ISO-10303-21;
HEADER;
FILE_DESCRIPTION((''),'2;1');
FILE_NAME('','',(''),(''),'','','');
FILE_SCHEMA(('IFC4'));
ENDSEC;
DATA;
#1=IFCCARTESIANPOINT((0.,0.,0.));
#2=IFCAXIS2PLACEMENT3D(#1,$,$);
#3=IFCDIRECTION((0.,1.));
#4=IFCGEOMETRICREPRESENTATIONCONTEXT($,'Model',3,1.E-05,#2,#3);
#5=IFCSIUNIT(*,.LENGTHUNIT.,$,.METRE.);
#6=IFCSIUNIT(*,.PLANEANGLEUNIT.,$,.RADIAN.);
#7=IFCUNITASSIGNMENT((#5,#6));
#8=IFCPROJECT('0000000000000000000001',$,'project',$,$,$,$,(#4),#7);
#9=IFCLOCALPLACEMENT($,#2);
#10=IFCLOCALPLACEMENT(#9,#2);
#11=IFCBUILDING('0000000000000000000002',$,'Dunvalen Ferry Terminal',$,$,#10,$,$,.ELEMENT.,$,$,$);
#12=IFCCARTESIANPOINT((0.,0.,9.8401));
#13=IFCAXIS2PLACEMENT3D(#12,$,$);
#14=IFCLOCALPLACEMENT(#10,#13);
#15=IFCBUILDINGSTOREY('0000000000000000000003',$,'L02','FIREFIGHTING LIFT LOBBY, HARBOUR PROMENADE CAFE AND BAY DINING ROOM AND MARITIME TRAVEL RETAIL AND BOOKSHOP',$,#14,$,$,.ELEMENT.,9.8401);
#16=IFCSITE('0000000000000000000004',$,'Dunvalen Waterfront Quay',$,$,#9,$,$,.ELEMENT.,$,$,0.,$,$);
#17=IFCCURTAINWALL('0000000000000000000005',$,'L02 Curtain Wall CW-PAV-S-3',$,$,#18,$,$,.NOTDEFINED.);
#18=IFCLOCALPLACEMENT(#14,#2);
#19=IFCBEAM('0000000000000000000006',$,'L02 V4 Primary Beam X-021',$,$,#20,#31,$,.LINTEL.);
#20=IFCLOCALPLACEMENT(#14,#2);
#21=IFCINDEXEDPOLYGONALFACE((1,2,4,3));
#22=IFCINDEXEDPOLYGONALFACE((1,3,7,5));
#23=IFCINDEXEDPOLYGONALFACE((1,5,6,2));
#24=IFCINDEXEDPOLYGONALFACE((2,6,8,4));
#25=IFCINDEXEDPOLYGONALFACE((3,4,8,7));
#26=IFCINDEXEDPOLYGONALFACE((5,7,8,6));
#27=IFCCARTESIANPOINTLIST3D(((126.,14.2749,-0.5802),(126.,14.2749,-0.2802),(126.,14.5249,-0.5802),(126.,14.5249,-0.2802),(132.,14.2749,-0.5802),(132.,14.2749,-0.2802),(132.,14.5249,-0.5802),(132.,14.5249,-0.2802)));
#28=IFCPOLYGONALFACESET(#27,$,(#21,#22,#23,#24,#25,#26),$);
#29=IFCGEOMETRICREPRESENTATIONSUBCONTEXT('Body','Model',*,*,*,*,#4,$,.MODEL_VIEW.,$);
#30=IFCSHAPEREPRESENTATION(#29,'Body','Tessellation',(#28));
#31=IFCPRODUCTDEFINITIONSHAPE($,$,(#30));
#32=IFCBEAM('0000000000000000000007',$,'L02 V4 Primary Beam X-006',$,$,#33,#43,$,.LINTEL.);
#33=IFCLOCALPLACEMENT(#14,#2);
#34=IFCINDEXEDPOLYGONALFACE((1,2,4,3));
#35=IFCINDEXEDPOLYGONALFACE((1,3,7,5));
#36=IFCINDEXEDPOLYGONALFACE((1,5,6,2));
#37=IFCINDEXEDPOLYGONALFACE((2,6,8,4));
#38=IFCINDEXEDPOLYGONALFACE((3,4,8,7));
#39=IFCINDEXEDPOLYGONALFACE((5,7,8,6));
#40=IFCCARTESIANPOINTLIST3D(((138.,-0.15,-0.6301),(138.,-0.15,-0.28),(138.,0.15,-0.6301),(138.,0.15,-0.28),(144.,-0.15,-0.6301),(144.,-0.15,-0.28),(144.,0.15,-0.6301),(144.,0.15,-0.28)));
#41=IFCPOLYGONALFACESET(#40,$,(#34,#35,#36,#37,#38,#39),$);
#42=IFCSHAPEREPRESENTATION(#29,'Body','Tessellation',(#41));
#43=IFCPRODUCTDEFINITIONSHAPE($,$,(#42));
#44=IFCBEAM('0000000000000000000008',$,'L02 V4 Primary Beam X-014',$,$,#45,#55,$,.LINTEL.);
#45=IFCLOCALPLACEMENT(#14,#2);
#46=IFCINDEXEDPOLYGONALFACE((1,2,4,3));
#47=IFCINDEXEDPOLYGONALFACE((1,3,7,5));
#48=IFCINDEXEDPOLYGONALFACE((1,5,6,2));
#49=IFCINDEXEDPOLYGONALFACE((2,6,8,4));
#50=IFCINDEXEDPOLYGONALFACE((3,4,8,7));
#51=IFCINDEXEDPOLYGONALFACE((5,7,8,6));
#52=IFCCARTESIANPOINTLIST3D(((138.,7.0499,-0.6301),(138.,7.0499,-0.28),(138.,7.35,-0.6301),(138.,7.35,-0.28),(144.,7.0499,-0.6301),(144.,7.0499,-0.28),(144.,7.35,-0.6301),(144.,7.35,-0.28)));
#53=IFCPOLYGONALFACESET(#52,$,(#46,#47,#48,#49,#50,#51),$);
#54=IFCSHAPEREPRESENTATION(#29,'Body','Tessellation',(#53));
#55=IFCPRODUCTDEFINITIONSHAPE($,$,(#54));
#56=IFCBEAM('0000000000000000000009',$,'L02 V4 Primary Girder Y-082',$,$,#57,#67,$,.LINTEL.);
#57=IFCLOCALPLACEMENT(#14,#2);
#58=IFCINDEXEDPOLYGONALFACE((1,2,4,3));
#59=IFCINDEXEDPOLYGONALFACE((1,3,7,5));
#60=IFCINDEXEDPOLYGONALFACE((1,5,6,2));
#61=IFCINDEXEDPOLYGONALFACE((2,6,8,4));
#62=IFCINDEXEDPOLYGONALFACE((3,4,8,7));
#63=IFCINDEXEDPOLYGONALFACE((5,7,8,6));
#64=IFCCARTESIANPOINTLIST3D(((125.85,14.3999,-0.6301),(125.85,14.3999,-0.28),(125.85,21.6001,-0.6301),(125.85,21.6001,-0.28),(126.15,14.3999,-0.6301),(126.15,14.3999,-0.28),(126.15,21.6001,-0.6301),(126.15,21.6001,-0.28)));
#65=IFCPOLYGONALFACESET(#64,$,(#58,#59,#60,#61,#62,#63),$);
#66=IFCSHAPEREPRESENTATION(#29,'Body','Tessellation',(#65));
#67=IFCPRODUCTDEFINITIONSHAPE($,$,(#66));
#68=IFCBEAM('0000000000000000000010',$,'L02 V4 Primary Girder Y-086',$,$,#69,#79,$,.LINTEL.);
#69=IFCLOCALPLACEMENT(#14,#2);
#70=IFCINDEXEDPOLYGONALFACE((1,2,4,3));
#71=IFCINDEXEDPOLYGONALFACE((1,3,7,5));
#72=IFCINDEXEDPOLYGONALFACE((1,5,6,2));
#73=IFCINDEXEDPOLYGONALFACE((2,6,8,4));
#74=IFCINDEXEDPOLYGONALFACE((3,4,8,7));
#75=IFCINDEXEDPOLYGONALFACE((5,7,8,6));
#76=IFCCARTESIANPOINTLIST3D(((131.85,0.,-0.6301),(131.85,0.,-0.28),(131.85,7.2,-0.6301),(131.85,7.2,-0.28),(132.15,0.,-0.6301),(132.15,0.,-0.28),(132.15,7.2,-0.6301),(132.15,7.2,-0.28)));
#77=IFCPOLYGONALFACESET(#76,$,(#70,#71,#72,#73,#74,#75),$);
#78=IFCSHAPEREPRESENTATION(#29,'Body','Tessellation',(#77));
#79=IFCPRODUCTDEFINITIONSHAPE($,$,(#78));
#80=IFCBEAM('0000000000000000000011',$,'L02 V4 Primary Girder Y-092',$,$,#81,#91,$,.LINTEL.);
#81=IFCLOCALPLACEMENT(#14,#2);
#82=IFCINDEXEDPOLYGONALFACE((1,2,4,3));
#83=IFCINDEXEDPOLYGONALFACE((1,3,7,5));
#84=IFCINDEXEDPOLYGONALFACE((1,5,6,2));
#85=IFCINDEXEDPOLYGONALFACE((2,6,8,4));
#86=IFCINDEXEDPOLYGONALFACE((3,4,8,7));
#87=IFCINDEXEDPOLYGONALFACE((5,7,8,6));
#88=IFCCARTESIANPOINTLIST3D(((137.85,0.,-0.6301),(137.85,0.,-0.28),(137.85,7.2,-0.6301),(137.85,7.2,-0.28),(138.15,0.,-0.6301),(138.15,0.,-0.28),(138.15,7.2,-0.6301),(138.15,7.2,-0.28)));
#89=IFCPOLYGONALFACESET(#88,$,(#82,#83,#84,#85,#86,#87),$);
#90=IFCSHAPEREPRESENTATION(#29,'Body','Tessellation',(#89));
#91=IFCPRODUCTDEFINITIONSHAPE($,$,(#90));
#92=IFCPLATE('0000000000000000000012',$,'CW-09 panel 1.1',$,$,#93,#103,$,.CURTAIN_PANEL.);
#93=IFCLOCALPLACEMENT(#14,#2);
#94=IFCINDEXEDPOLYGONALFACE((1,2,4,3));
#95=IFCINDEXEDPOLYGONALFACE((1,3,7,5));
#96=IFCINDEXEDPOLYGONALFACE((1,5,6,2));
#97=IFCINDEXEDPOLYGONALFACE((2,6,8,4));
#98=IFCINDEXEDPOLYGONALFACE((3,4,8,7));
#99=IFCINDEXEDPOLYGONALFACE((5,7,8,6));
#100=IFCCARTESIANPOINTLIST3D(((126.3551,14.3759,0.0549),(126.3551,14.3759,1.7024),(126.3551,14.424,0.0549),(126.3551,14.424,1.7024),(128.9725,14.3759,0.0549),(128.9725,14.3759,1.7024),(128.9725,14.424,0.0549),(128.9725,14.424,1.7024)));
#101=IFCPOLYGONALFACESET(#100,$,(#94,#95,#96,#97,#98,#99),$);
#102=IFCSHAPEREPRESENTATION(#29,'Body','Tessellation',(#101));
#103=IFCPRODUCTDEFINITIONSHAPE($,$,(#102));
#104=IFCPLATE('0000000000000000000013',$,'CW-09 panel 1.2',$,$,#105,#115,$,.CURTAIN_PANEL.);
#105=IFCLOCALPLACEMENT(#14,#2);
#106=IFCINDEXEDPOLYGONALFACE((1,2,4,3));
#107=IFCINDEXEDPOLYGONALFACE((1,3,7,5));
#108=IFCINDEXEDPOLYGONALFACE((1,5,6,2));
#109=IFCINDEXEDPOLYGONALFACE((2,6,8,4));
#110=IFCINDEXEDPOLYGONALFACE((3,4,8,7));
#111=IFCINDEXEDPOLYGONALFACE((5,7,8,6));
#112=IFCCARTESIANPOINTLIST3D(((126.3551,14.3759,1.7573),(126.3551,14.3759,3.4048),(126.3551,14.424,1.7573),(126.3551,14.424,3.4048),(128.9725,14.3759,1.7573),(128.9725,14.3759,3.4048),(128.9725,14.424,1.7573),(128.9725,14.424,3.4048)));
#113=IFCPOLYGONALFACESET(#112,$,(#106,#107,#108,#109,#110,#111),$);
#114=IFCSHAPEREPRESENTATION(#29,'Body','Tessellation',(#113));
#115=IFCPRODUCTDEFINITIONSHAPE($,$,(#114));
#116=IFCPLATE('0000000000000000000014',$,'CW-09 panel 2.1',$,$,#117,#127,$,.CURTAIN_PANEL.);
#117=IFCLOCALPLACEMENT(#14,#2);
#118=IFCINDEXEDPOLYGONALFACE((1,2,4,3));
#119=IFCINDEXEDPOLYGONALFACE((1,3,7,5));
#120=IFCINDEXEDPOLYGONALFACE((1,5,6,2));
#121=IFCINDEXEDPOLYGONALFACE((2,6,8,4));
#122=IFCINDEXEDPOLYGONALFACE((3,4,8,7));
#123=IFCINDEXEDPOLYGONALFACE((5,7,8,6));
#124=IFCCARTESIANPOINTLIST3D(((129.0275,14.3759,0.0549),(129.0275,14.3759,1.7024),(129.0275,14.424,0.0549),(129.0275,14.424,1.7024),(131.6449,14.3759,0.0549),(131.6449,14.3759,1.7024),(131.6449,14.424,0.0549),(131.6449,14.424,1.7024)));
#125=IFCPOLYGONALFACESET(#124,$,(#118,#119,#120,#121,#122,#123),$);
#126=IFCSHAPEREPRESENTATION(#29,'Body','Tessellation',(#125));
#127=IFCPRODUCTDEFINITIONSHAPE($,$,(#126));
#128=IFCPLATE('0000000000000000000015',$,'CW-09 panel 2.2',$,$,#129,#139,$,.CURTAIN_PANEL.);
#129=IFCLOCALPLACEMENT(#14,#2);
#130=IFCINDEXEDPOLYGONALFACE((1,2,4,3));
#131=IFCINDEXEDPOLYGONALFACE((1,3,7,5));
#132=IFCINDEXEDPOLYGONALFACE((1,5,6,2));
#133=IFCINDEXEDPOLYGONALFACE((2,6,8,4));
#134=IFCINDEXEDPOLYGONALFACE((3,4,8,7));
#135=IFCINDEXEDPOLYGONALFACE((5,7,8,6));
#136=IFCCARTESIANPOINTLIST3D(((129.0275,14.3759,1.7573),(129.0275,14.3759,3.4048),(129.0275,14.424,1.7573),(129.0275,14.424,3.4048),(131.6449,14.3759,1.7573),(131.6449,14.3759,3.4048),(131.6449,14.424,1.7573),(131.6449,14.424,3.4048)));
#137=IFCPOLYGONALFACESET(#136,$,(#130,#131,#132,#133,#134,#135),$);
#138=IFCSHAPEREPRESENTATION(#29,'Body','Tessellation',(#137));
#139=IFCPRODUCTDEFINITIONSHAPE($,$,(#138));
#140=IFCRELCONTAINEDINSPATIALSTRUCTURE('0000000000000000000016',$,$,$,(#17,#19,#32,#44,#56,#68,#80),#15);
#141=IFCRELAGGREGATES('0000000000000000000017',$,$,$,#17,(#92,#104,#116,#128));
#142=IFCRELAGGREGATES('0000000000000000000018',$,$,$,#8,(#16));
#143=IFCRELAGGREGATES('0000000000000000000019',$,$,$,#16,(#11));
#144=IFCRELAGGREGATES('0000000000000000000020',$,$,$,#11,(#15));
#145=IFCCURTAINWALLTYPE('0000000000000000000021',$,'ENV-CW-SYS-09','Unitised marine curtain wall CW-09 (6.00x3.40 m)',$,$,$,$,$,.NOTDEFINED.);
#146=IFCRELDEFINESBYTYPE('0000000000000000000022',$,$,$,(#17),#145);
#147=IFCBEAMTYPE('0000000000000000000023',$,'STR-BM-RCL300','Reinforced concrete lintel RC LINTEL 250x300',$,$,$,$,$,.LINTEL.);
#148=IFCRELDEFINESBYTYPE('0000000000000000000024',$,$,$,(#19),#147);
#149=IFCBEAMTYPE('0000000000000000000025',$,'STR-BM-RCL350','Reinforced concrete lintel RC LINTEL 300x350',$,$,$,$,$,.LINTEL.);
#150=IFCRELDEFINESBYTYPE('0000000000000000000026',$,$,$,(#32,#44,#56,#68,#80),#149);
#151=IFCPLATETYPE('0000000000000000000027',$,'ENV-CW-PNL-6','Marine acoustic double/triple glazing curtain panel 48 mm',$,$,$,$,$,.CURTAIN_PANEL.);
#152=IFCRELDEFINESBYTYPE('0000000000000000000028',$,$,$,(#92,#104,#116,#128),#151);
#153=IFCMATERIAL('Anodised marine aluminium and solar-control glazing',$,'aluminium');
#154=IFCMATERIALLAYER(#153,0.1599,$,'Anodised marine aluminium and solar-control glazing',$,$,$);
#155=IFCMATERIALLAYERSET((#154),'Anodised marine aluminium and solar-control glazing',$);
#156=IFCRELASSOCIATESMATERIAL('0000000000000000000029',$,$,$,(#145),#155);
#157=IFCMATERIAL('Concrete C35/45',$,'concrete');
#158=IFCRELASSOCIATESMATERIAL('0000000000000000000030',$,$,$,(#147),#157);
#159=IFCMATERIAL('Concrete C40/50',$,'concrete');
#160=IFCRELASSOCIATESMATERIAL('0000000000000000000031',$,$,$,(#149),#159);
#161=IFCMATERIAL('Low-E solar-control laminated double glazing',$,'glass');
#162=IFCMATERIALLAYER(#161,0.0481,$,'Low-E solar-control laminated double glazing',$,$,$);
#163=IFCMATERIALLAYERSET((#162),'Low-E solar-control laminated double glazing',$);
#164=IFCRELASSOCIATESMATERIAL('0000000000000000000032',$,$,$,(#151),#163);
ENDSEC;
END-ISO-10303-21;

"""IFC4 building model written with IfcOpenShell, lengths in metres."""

from ifc_helpers import new_model, si_unit, direction, frame, origin, origin_2d, place, context, subcontext, project, spatial, rectangle, extrude, material, layer, layer_set, material_profile, profile_set, type_object, element, aggregate, save


model = new_model("IFC4")

# Units and contexts
model_context = context("Model", 3, precision=1e-05, world=origin(), true_north=direction((0.0, 1.0)))
body_context = subcontext(model_context, "Body", "Model", "MODEL_VIEW")
ifc_project = project(units=[si_unit("LENGTHUNIT", "METRE"), si_unit("PLANEANGLEUNIT", "RADIAN")], contexts=[model_context])

# Site, building, storey
site_placement = place(None, origin())
site = spatial("IfcSite", under=ifc_project, at=site_placement, Name="Dunvalen Waterfront Quay", CompositionType="ELEMENT", RefElevation=0.0)
building_placement = place(site_placement, origin())
building = spatial("IfcBuilding", under=site, at=building_placement, Name="Dunvalen Ferry Terminal", CompositionType="ELEMENT")
storey_placement = place(building_placement, frame((0.0, 0.0, 9.8401)))
storey = spatial("IfcBuildingStorey", under=building, at=storey_placement, Name="L02", Description="FIREFIGHTING LIFT LOBBY, HARBOUR PROMENADE CAFE AND BAY DINING ROOM AND MARITIME TRAVEL RETAIL AND BOOKSHOP", CompositionType="ELEMENT", Elevation=9.8401)

# Curtain wall
ifc_material_1 = material(Name="Anodised marine aluminium and solar-control glazing", Category="aluminium")
ifc_layer_1 = layer(ifc_material_1, 0.1599, Name="Anodised marine aluminium and solar-control glazing")
ifc_layer_set_1 = layer_set([ifc_layer_1], Name="Anodised marine aluminium and solar-control glazing")
curtain_wall_type = type_object("IfcCurtainWallType", Name="ENV-CW-SYS-09", Description="Unitised marine curtain wall CW-09 (6.00x3.40 m)", PredefinedType="NOTDEFINED", material=ifc_layer_set_1)
curtain_wall_placement = place(storey_placement, origin())
curtain_wall = element("IfcCurtainWall", 1, at=curtain_wall_placement, inside=storey, type_object=curtain_wall_type, Name="L02 Curtain Wall CW-PAV-S-3", PredefinedType="NOTDEFINED")

# Beams
ifc_material_2 = material(Name="Concrete C35/45", Category="concrete")
ifc_material_profile_1 = material_profile(ifc_material_2, rectangle(XDim=0.25, YDim=0.3, at=origin_2d()), Name="Concrete C35/45")
ifc_profile_set_1 = profile_set([ifc_material_profile_1], Name="Concrete C35/45")
beam_type_1 = type_object("IfcBeamType", Name="STR-BM-RCL300", Description="Reinforced concrete lintel RC LINTEL 250x300", PredefinedType="LINTEL", material=ifc_profile_set_1)
for number, where, z_axis, x_axis, name in (
    (2, (126.0, 14.3999, -0.4302), (1.0, 0.0, 0.0), (0.0, 1.0, 0.0), "L02 V4 Primary Beam X-021"),
):
    element("IfcBeam", number, at=place(storey_placement, frame(where, z_axis=z_axis, x_axis=x_axis)), inside=storey, type_object=beam_type_1, Name=name, PredefinedType="LINTEL", context=body_context, shape_type="SweptSolid", body=[
        extrude(rectangle(XDim=0.25, YDim=0.3, at=origin_2d()), origin(), (0.0, 0.0, 1.0), 6.0),
    ])
ifc_material_3 = material(Name="Concrete C40/50", Category="concrete")
ifc_material_profile_2 = material_profile(ifc_material_3, rectangle(XDim=0.3, YDim=0.3501, at=origin_2d()), Name="Concrete C40/50")
ifc_profile_set_2 = profile_set([ifc_material_profile_2], Name="Concrete C40/50")
beam_type_2 = type_object("IfcBeamType", Name="STR-BM-RCL350", Description="Reinforced concrete lintel RC LINTEL 300x350", PredefinedType="LINTEL", material=ifc_profile_set_2)
for number, where, z_axis, x_axis, name in (
    (3, (138.0, 0.0, -0.4551), (1.0, 0.0, 0.0), (0.0, 1.0, 0.0), "L02 V4 Primary Beam X-006"),
    (4, (138.0, 7.2, -0.4551), (1.0, 0.0, 0.0), (0.0, 1.0, 0.0), "L02 V4 Primary Beam X-014"),
):
    element("IfcBeam", number, at=place(storey_placement, frame(where, z_axis=z_axis, x_axis=x_axis)), inside=storey, type_object=beam_type_2, Name=name, PredefinedType="LINTEL", context=body_context, shape_type="SweptSolid", body=[
        extrude(rectangle(XDim=0.3, YDim=0.3501, at=origin_2d()), origin(), (0.0, 0.0, 1.0), 6.0),
    ])
beam_placement = place(storey_placement, frame((126.0, 14.3999, -0.4551), z_axis=(0.0, 1.0, 0.0), x_axis=(-1.0, 0.0, 0.0)))
element("IfcBeam", 5, at=beam_placement, inside=storey, type_object=beam_type_2, Name="L02 V4 Primary Girder Y-082", PredefinedType="LINTEL", context=body_context, shape_type="SweptSolid", body=[
    extrude(rectangle(XDim=0.3, YDim=0.3501, at=origin_2d()), origin(), (0.0, 0.0, 1.0), 7.2002),
])
for number, where, z_axis, x_axis, name in (
    (6, (132.0, 0.0, -0.4551), (0.0, 1.0, 0.0), (-1.0, 0.0, 0.0), "L02 V4 Primary Girder Y-086"),
    (7, (138.0, 0.0, -0.4551), (0.0, 1.0, 0.0), (-1.0, 0.0, 0.0), "L02 V4 Primary Girder Y-092"),
):
    element("IfcBeam", number, at=place(storey_placement, frame(where, z_axis=z_axis, x_axis=x_axis)), inside=storey, type_object=beam_type_2, Name=name, PredefinedType="LINTEL", context=body_context, shape_type="SweptSolid", body=[
        extrude(rectangle(XDim=0.3, YDim=0.3501, at=origin_2d()), origin(), (0.0, 0.0, 1.0), 7.2),
    ])

# Plates
ifc_material_4 = material(Name="Low-E solar-control laminated double glazing", Category="glass")
ifc_layer_2 = layer(ifc_material_4, 0.0481, Name="Low-E solar-control laminated double glazing")
ifc_layer_set_2 = layer_set([ifc_layer_2], Name="Low-E solar-control laminated double glazing")
plate_type = type_object("IfcPlateType", Name="ENV-CW-PNL-6", Description="Marine acoustic double/triple glazing curtain panel 48 mm", PredefinedType="CURTAIN_PANEL", material=ifc_layer_set_2)
plate_1_placement = place(storey_placement, frame((127.6638, 14.3999, 0.0549), z_axis=(0.0, 0.0, 1.0), x_axis=(1.0, 0.0, 0.0)))
plate_1 = element("IfcPlate", 8, at=plate_1_placement, type_object=plate_type, Name="CW-09 panel 1.1", PredefinedType="CURTAIN_PANEL", context=body_context, shape_type="SweptSolid", body=[
    extrude(rectangle(XDim=2.6174, YDim=0.0481, at=origin_2d()), origin(), (0.0, 0.0, 1.0), 1.6475),
])
plate_2_placement = place(storey_placement, frame((127.6638, 14.3999, 1.7573), z_axis=(0.0, 0.0, 1.0), x_axis=(1.0, 0.0, 0.0)))
plate_2 = element("IfcPlate", 9, at=plate_2_placement, type_object=plate_type, Name="CW-09 panel 1.2", PredefinedType="CURTAIN_PANEL", context=body_context, shape_type="SweptSolid", body=[
    extrude(rectangle(XDim=2.6174, YDim=0.0481, at=origin_2d()), origin(), (0.0, 0.0, 1.0), 1.6475),
])
plate_3_placement = place(storey_placement, frame((130.3362, 14.3999, 0.0549), z_axis=(0.0, 0.0, 1.0), x_axis=(1.0, 0.0, 0.0)))
plate_3 = element("IfcPlate", 10, at=plate_3_placement, type_object=plate_type, Name="CW-09 panel 2.1", PredefinedType="CURTAIN_PANEL", context=body_context, shape_type="SweptSolid", body=[
    extrude(rectangle(XDim=2.6174, YDim=0.0481, at=origin_2d()), origin(), (0.0, 0.0, 1.0), 1.6475),
])
plate_4_placement = place(storey_placement, frame((130.3362, 14.3999, 1.7573), z_axis=(0.0, 0.0, 1.0), x_axis=(1.0, 0.0, 0.0)))
plate_4 = element("IfcPlate", 11, at=plate_4_placement, type_object=plate_type, Name="CW-09 panel 2.2", PredefinedType="CURTAIN_PANEL", context=body_context, shape_type="SweptSolid", body=[
    extrude(rectangle(XDim=2.6174, YDim=0.0481, at=origin_2d()), origin(), (0.0, 0.0, 1.0), 1.6475),
])
aggregate(curtain_wall, [plate_1, plate_2, plate_3, plate_4])

save(model, "model.ifc")
